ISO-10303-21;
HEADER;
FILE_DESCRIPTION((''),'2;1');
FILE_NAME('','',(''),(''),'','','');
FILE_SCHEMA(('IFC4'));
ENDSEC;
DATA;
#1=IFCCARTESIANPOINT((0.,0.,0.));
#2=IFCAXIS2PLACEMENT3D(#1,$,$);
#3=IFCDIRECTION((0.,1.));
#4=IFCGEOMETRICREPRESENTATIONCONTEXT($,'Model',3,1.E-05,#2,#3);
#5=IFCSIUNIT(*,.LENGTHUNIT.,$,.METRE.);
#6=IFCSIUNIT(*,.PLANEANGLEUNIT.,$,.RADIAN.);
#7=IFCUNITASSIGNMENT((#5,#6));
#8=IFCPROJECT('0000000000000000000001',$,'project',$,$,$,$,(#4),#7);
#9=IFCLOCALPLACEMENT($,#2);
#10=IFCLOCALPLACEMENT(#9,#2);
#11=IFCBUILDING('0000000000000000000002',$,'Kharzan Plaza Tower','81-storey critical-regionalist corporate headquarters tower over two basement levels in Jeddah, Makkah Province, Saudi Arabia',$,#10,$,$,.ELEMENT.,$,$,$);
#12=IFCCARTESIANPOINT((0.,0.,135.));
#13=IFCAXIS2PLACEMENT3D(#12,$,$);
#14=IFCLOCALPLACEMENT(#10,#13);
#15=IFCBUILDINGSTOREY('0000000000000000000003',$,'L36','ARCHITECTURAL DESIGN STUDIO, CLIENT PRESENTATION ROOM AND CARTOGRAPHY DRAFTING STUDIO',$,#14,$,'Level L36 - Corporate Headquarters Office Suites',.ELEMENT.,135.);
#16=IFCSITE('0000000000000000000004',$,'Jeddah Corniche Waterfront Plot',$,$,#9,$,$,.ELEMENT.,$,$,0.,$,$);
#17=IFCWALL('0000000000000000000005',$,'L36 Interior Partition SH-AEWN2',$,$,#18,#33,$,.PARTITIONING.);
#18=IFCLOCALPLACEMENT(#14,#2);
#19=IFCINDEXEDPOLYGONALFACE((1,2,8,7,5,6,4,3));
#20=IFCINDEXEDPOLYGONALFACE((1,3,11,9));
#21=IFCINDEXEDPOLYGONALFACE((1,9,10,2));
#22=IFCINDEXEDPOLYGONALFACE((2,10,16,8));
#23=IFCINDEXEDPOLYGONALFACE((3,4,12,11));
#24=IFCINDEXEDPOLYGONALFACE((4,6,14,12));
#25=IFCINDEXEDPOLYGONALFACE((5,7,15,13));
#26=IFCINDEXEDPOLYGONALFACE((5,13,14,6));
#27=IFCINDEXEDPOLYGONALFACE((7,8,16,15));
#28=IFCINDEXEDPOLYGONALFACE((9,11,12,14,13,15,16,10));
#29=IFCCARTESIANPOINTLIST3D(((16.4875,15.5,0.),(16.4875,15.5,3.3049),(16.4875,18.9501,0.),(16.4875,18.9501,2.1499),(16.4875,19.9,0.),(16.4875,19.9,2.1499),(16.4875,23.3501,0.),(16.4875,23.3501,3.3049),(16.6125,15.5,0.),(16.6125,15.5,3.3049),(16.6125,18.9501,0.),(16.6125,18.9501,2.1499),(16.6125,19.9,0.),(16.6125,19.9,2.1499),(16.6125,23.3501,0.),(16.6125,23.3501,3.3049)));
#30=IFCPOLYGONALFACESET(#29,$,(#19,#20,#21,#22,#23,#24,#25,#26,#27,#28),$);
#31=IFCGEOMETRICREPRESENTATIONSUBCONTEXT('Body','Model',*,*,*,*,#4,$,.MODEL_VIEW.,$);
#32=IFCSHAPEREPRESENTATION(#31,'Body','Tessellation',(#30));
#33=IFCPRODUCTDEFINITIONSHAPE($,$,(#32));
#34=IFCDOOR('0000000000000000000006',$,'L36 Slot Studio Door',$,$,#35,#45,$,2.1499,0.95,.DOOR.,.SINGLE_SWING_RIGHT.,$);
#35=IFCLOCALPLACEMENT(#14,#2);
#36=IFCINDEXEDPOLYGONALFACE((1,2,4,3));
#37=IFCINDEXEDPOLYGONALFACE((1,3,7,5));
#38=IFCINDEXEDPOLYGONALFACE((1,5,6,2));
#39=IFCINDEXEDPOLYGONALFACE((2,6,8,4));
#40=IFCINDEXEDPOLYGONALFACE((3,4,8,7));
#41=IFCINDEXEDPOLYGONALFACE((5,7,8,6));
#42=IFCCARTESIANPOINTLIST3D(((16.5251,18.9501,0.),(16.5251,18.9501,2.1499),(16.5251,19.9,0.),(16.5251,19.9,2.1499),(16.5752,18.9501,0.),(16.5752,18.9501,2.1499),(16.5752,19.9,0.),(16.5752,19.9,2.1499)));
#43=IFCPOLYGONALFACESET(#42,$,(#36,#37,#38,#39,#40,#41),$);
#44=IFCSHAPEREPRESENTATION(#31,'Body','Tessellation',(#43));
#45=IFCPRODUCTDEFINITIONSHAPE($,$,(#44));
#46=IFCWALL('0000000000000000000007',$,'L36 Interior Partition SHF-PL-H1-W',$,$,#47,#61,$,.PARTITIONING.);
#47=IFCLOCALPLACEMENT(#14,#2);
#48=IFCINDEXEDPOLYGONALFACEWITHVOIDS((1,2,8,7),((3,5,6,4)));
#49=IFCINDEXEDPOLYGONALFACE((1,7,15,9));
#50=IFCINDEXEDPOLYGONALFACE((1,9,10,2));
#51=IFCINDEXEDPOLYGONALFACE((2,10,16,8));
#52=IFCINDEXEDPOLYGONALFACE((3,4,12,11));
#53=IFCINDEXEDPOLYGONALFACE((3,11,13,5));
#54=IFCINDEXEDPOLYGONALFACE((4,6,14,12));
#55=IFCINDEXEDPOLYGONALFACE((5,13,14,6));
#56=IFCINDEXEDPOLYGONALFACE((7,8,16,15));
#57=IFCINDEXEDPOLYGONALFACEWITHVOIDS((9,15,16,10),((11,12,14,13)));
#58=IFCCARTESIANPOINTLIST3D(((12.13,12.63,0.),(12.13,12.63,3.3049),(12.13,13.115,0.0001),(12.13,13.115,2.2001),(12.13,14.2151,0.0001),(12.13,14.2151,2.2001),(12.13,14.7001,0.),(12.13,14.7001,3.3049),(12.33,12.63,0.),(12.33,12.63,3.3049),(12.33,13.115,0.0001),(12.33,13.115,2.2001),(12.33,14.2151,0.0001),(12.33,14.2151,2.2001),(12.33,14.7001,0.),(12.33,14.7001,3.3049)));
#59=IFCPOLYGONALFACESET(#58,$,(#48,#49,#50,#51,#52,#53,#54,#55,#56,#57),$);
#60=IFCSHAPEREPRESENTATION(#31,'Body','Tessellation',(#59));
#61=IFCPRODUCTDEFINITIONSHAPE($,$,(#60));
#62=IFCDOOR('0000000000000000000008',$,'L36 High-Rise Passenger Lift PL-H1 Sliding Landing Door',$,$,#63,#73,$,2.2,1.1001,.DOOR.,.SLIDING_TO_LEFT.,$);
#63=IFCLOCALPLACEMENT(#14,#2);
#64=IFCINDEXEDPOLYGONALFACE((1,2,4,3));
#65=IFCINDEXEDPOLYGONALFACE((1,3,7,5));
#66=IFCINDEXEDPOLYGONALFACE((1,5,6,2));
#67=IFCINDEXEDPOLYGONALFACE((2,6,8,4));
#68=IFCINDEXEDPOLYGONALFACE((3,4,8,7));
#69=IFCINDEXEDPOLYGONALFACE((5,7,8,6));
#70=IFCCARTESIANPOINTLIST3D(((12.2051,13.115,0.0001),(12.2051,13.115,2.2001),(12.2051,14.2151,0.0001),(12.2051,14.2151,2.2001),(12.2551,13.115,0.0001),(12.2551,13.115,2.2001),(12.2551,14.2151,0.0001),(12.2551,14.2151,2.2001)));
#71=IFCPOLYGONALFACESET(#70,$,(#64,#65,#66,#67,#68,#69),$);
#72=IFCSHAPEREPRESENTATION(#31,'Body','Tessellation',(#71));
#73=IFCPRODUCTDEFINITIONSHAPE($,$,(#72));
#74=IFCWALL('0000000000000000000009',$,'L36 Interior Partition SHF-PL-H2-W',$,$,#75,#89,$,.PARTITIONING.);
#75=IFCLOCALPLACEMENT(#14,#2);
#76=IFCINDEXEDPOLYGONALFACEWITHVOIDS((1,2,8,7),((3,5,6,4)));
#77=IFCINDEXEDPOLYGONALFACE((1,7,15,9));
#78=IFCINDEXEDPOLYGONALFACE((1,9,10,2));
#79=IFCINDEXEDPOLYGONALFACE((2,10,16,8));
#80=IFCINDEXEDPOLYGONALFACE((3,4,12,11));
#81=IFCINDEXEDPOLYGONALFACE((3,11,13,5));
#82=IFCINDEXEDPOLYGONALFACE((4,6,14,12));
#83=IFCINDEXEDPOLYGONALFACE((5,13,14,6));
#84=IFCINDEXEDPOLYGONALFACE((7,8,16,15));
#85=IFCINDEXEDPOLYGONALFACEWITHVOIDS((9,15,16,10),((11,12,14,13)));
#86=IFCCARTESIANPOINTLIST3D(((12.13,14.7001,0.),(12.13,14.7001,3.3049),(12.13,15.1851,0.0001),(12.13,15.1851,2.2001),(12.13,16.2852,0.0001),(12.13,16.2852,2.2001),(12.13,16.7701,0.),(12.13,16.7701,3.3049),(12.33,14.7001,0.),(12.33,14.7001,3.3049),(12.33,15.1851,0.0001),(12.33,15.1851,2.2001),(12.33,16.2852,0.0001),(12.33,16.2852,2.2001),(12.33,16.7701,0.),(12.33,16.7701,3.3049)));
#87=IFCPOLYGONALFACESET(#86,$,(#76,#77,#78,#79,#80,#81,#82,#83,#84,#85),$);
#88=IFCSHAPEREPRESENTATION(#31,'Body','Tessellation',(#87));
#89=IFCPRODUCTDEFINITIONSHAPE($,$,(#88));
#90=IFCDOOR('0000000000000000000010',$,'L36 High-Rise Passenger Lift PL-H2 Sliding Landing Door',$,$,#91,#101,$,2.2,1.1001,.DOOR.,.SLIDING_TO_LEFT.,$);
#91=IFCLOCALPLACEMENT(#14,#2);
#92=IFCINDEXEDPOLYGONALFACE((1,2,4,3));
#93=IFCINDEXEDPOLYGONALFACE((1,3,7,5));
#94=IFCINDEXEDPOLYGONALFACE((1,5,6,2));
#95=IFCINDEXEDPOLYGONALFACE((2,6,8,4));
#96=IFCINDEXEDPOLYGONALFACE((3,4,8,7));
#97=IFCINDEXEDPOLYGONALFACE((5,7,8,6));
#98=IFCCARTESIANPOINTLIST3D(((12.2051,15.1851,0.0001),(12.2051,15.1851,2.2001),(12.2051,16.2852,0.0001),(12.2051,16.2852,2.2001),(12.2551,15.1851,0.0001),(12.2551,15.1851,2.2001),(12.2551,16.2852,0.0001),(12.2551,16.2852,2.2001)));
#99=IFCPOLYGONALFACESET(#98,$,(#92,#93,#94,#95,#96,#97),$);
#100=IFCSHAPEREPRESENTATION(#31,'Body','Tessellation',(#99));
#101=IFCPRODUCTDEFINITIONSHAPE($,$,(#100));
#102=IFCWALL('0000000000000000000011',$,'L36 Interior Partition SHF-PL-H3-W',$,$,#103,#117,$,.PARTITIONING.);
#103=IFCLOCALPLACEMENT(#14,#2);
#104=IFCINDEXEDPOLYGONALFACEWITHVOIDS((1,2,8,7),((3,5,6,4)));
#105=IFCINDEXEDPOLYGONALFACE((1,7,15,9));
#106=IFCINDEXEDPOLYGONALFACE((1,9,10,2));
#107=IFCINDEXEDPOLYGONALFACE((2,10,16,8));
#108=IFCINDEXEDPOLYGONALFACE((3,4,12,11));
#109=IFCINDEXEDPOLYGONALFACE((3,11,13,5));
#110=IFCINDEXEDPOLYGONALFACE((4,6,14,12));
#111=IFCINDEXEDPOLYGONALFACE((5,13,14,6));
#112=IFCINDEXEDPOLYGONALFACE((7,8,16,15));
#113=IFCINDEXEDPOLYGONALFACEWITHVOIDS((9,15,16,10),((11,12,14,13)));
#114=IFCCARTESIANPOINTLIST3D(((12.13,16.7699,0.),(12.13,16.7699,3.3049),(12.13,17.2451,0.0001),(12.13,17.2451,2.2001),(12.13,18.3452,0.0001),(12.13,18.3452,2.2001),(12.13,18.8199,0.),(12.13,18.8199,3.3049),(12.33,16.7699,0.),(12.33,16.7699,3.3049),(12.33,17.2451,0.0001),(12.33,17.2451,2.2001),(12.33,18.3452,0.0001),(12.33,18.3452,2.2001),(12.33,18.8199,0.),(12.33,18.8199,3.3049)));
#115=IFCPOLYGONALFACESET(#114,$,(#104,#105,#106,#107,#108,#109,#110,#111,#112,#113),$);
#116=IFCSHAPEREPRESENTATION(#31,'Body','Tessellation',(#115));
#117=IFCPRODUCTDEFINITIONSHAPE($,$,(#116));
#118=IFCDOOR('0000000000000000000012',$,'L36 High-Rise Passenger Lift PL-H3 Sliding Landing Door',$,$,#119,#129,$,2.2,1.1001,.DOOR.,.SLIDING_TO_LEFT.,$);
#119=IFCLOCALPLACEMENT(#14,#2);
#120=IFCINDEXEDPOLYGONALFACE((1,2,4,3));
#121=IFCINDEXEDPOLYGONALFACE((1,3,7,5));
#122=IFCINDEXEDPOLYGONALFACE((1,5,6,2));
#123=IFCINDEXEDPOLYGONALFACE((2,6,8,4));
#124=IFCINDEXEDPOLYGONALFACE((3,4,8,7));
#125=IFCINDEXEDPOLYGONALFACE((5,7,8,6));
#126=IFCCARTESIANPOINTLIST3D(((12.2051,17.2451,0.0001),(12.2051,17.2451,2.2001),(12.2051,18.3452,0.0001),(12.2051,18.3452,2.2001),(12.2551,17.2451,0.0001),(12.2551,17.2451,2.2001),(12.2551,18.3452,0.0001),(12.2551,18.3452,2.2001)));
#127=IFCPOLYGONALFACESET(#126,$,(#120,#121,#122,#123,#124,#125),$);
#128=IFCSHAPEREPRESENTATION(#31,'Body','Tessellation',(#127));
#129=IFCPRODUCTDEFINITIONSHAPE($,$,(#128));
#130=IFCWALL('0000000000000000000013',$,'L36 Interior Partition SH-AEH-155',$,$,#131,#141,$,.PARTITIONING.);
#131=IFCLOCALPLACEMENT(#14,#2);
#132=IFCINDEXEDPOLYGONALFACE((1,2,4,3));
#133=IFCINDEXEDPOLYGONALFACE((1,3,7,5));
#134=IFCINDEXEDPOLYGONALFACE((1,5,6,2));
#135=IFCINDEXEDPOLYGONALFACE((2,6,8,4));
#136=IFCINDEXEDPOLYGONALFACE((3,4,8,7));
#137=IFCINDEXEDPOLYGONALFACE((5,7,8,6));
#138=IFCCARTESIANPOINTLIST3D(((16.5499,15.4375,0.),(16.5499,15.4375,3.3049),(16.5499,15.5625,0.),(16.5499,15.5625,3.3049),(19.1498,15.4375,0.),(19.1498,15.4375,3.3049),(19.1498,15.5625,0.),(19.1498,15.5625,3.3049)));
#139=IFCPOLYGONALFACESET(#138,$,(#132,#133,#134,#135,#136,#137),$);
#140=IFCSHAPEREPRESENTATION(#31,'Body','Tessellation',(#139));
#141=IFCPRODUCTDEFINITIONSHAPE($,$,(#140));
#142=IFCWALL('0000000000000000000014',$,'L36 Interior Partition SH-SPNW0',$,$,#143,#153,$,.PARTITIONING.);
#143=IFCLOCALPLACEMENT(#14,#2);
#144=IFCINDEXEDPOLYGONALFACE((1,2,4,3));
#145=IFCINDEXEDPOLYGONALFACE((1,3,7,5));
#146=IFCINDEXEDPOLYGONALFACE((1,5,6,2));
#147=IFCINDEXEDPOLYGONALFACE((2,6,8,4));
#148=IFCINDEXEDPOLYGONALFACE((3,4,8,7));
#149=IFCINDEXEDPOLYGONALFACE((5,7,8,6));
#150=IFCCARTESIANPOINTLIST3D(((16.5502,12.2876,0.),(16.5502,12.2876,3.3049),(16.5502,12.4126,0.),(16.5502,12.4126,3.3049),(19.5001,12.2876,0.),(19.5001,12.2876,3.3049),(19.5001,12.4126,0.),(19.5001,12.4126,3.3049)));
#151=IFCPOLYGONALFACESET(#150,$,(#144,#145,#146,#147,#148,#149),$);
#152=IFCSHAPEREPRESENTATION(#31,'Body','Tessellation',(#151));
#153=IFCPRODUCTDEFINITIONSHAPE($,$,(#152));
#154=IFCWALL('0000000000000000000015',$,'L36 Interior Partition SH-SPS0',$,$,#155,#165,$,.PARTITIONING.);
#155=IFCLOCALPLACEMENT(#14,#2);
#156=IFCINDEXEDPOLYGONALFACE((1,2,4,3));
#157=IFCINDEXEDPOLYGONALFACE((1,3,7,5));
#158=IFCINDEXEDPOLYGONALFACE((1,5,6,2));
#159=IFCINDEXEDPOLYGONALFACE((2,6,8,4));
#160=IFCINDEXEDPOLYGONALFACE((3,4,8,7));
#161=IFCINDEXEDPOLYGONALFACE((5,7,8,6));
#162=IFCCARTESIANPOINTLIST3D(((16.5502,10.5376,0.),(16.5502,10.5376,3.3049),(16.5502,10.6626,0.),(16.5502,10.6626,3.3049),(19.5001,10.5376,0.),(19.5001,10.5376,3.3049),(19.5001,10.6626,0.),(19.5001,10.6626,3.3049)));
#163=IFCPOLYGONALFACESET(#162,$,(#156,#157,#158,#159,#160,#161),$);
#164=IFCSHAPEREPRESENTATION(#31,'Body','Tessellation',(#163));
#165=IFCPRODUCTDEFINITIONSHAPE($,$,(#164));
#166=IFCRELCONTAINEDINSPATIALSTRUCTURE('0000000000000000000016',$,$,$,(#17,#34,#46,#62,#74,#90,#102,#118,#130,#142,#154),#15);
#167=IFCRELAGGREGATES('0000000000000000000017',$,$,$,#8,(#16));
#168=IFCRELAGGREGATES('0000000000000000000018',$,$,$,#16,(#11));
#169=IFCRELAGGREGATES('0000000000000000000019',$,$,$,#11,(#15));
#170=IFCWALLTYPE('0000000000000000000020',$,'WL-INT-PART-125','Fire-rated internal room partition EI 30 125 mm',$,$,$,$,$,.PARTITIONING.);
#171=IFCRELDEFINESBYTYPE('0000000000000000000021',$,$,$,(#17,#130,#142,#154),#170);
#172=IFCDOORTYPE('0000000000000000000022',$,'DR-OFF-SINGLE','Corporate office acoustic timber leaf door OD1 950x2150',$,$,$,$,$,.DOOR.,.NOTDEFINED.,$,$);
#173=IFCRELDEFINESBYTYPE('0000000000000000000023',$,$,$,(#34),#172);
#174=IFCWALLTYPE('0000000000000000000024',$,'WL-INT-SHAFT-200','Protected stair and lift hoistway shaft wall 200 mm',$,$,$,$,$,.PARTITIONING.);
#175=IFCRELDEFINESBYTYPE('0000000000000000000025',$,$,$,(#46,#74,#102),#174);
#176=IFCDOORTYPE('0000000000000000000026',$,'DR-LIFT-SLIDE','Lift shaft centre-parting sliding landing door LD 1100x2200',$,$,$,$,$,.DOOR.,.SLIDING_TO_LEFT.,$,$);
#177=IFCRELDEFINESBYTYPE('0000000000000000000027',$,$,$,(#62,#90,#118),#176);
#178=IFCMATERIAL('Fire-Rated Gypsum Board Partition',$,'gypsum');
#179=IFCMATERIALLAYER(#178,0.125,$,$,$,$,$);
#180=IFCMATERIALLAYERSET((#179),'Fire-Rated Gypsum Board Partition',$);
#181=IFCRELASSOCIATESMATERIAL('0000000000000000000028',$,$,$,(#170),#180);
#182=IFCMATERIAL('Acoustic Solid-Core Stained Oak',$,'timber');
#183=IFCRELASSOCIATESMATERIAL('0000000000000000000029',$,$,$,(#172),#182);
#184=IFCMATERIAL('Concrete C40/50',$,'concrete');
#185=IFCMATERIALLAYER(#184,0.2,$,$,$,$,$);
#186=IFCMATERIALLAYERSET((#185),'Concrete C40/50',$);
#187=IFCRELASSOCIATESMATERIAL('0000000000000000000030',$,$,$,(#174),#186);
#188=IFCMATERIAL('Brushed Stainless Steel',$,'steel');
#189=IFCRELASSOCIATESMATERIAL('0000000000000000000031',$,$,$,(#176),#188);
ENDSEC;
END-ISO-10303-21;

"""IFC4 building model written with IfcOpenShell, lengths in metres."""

from ifc_helpers import new_model, si_unit, direction, frame, frame_2d, origin, place, context, subcontext, project, spatial, rectangle, extrude, source, transform, mapped, material, layer, layer_set, type_object, element, fill, save


model = new_model("IFC4")

# Units and contexts
model_context = context("Model", 3, precision=1e-05, world=origin(), true_north=direction((0.0, 1.0)))
body_context = subcontext(model_context, "Body", "Model", "MODEL_VIEW")
ifc_project = project(units=[si_unit("LENGTHUNIT", "METRE"), si_unit("PLANEANGLEUNIT", "RADIAN")], contexts=[model_context])

# Site, building, storey
site_placement = place(None, origin())
site = spatial("IfcSite", under=ifc_project, at=site_placement, Name="Jeddah Corniche Waterfront Plot", CompositionType="ELEMENT", RefElevation=0.0)
building_placement = place(site_placement, origin())
building = spatial("IfcBuilding", under=site, at=building_placement, Name="Kharzan Plaza Tower", Description="81-storey critical-regionalist corporate headquarters tower over two basement levels in Jeddah, Makkah Province, Saudi Arabia", CompositionType="ELEMENT")
storey_placement = place(building_placement, frame((0.0, 0.0, 135.0)))
storey = spatial("IfcBuildingStorey", under=building, at=storey_placement, Name="L36", Description="ARCHITECTURAL DESIGN STUDIO, CLIENT PRESENTATION ROOM AND CARTOGRAPHY DRAFTING STUDIO", LongName="Level L36 - Corporate Headquarters Office Suites", CompositionType="ELEMENT", Elevation=135.0)

# Walls, openings, doors
ifc_material_1 = material(Name="Fire-Rated Gypsum Board Partition", Category="gypsum")
ifc_layer_1 = layer(ifc_material_1, 0.125)
ifc_layer_set_1 = layer_set([ifc_layer_1], Name="Fire-Rated Gypsum Board Partition")
wall_type_1 = type_object("IfcWallType", Name="WL-INT-PART-125", Description="Fire-rated internal room partition EI 30 125 mm", PredefinedType="PARTITIONING", material=ifc_layer_set_1)
ifc_material_2 = material(Name="Acoustic Solid-Core Stained Oak", Category="timber")
door_type_1 = type_object("IfcDoorType", Name="DR-OFF-SINGLE", Description="Corporate office acoustic timber leaf door OD1 950x2150", OperationType="NOTDEFINED", PredefinedType="DOOR", material=ifc_material_2)
shared_shape_1 = source(origin(), body_context, "Body", "SweptSolid", [
    extrude(rectangle(XDim=0.95, YDim=2.1499, at=frame_2d((0.4751, 1.075))), frame((0.0, 0.0249, 0.0), z_axis=(0.0, -1.0, 0.0), x_axis=(1.0, 0.0, 0.0)), (0.0, 0.0, 1.0), 0.05),
])
wall_1_placement = place(storey_placement, frame((16.55, 15.5, 0.0), z_axis=(0.0, 0.0, 1.0), x_axis=(0.0, 1.0, 0.0)))
wall_1 = element("IfcWall", 1, at=wall_1_placement, inside=storey, type_object=wall_type_1, Name="L36 Interior Partition SH-AEWN2", PredefinedType="PARTITIONING", context=body_context, shape_type="SweptSolid", body=[
    extrude(rectangle(XDim=7.8501, YDim=0.125, at=frame_2d((3.925, 0.0))), origin(), (0.0, 0.0, 1.0), 3.3049),
])
opening_1_placement = place(wall_1_placement, frame((3.45, 0.0, 0.0)))
opening_1 = element("IfcOpeningElement", 2, at=opening_1_placement, cuts=wall_1, PredefinedType="OPENING", context=body_context, shape_type="SweptSolid", body=[
    extrude(rectangle(XDim=0.95, YDim=2.1499, at=frame_2d((0.4751, 1.075))), frame((0.0, 0.0725, 0.0), z_axis=(0.0, -1.0, 0.0), x_axis=(1.0, 0.0, 0.0)), (0.0, 0.0, 1.0), 0.145),
])
door_1_placement = place(opening_1_placement, origin())
door_1 = element("IfcDoor", 3, at=door_1_placement, inside=storey, type_object=door_type_1, Name="L36 Slot Studio Door", OperationType="SINGLE_SWING_RIGHT", OverallHeight=2.1499, OverallWidth=0.95, PredefinedType="DOOR", context=body_context, shape_type="MappedRepresentation", body=[
    mapped(shared_shape_1, transform((0.0, 0.0, 0.0), x_axis=(1.0, 0.0, 0.0), y_axis=(0.0, 1.0, 0.0), z_axis=(0.0, 0.0, 1.0))),
])
fill(opening_1, door_1)
ifc_material_3 = material(Name="Concrete C40/50", Category="concrete")
ifc_layer_2 = layer(ifc_material_3, 0.2)
ifc_layer_set_2 = layer_set([ifc_layer_2], Name="Concrete C40/50")
wall_type_2 = type_object("IfcWallType", Name="WL-INT-SHAFT-200", Description="Protected stair and lift hoistway shaft wall 200 mm", PredefinedType="PARTITIONING", material=ifc_layer_set_2)
wall_2_placement = place(storey_placement, frame((12.23, 12.6299, 0.0), z_axis=(0.0, 0.0, 1.0), x_axis=(0.0, 1.0, 0.0)))
wall_2 = element("IfcWall", 4, at=wall_2_placement, inside=storey, type_object=wall_type_2, Name="L36 Interior Partition SHF-PL-H1-W", PredefinedType="PARTITIONING", context=body_context, shape_type="SweptSolid", body=[
    extrude(rectangle(XDim=2.0701, YDim=0.2, at=frame_2d((1.0352, 0.0))), origin(), (0.0, 0.0, 1.0), 3.3049),
])
opening_2_placement = place(wall_2_placement, frame((0.4851, 0.0, 0.0)))
opening_2 = element("IfcOpeningElement", 5, at=opening_2_placement, cuts=wall_2, PredefinedType="OPENING", context=body_context, shape_type="SweptSolid", body=[
    extrude(rectangle(XDim=1.1001, YDim=2.2, at=frame_2d((0.55, 1.1001))), frame((0.0, 0.1099, 0.0), z_axis=(0.0, -1.0, 0.0), x_axis=(1.0, 0.0, 0.0)), (0.0, 0.0, 1.0), 0.22),
])
ifc_material_4 = material(Name="Brushed Stainless Steel", Category="steel")
door_type_2 = type_object("IfcDoorType", Name="DR-LIFT-SLIDE", Description="Lift shaft centre-parting sliding landing door LD 1100x2200", OperationType="SLIDING_TO_LEFT", PredefinedType="DOOR", material=ifc_material_4)
shared_shape_2 = source(origin(), body_context, "Body", "SweptSolid", [
    extrude(rectangle(XDim=1.1001, YDim=2.2, at=frame_2d((0.55, 1.1001))), frame((0.0, 0.0249, 0.0), z_axis=(0.0, -1.0, 0.0), x_axis=(1.0, 0.0, 0.0)), (0.0, 0.0, 1.0), 0.05),
])
door_2_placement = place(opening_2_placement, origin())
door_2 = element("IfcDoor", 6, at=door_2_placement, inside=storey, type_object=door_type_2, Name="L36 High-Rise Passenger Lift PL-H1 Sliding Landing Door", OperationType="SLIDING_TO_LEFT", OverallHeight=2.2, OverallWidth=1.1001, PredefinedType="DOOR", context=body_context, shape_type="MappedRepresentation", body=[
    mapped(shared_shape_2, transform((0.0, 0.0, 0.0), x_axis=(1.0, 0.0, 0.0), y_axis=(0.0, 1.0, 0.0), z_axis=(0.0, 0.0, 1.0))),
])
fill(opening_2, door_2)
wall_3_placement = place(storey_placement, frame((12.23, 14.7, 0.0), z_axis=(0.0, 0.0, 1.0), x_axis=(0.0, 1.0, 0.0)))
wall_3 = element("IfcWall", 7, at=wall_3_placement, inside=storey, type_object=wall_type_2, Name="L36 Interior Partition SHF-PL-H2-W", PredefinedType="PARTITIONING", context=body_context, shape_type="SweptSolid", body=[
    extrude(rectangle(XDim=2.0701, YDim=0.2, at=frame_2d((1.0352, 0.0))), origin(), (0.0, 0.0, 1.0), 3.3049),
])
opening_3_placement = place(wall_3_placement, frame((0.4851, 0.0, 0.0)))
opening_3 = element("IfcOpeningElement", 8, at=opening_3_placement, cuts=wall_3, PredefinedType="OPENING", context=body_context, shape_type="SweptSolid", body=[
    extrude(rectangle(XDim=1.1001, YDim=2.2, at=frame_2d((0.55, 1.1001))), frame((0.0, 0.1099, 0.0), z_axis=(0.0, -1.0, 0.0), x_axis=(1.0, 0.0, 0.0)), (0.0, 0.0, 1.0), 0.22),
])
door_3_placement = place(opening_3_placement, origin())
door_3 = element("IfcDoor", 9, at=door_3_placement, inside=storey, type_object=door_type_2, Name="L36 High-Rise Passenger Lift PL-H2 Sliding Landing Door", OperationType="SLIDING_TO_LEFT", OverallHeight=2.2, OverallWidth=1.1001, PredefinedType="DOOR", context=body_context, shape_type="MappedRepresentation", body=[
    mapped(shared_shape_2, transform((0.0, 0.0, 0.0), x_axis=(1.0, 0.0, 0.0), y_axis=(0.0, 1.0, 0.0), z_axis=(0.0, 0.0, 1.0))),
])
fill(opening_3, door_3)
wall_4_placement = place(storey_placement, frame((12.23, 16.77, 0.0), z_axis=(0.0, 0.0, 1.0), x_axis=(0.0, 1.0, 0.0)))
wall_4 = element("IfcWall", 10, at=wall_4_placement, inside=storey, type_object=wall_type_2, Name="L36 Interior Partition SHF-PL-H3-W", PredefinedType="PARTITIONING", context=body_context, shape_type="SweptSolid", body=[
    extrude(rectangle(XDim=2.05, YDim=0.2, at=frame_2d((1.0249, 0.0))), origin(), (0.0, 0.0, 1.0), 3.3049),
])
opening_4_placement = place(wall_4_placement, frame((0.4751, 0.0, 0.0)))
opening_4 = element("IfcOpeningElement", 11, at=opening_4_placement, cuts=wall_4, PredefinedType="OPENING", context=body_context, shape_type="SweptSolid", body=[
    extrude(rectangle(XDim=1.1001, YDim=2.2, at=frame_2d((0.55, 1.1001))), frame((0.0, 0.1099, 0.0), z_axis=(0.0, -1.0, 0.0), x_axis=(1.0, 0.0, 0.0)), (0.0, 0.0, 1.0), 0.22),
])
door_4_placement = place(opening_4_placement, origin())
door_4 = element("IfcDoor", 12, at=door_4_placement, inside=storey, type_object=door_type_2, Name="L36 High-Rise Passenger Lift PL-H3 Sliding Landing Door", OperationType="SLIDING_TO_LEFT", OverallHeight=2.2, OverallWidth=1.1001, PredefinedType="DOOR", context=body_context, shape_type="MappedRepresentation", body=[
    mapped(shared_shape_2, transform((0.0, 0.0, 0.0), x_axis=(1.0, 0.0, 0.0), y_axis=(0.0, 1.0, 0.0), z_axis=(0.0, 0.0, 1.0))),
])
fill(opening_4, door_4)

# Walls
shared_shape_3 = source(origin(), body_context, "Body", "SweptSolid", [
    extrude(rectangle(XDim=2.5999, YDim=0.125, at=frame_2d((1.2998, 0.0))), origin(), (0.0, 0.0, 1.0), 3.3049),
])
wall_5_placement = place(storey_placement, frame((16.55, 15.5, 0.0), z_axis=(0.0, 0.0, 1.0), x_axis=(1.0, 0.0, 0.0)))
element("IfcWall", 13, at=wall_5_placement, inside=storey, type_object=wall_type_1, Name="L36 Interior Partition SH-AEH-155", PredefinedType="PARTITIONING", context=body_context, shape_type="MappedRepresentation", body=[
    mapped(shared_shape_3, transform((0.0, 0.0, 0.0), x_axis=(1.0, 0.0, 0.0), y_axis=(0.0, 1.0, 0.0), z_axis=(0.0, 0.0, 1.0))),
])
shared_shape_4 = source(origin(), body_context, "Body", "SweptSolid", [
    extrude(rectangle(XDim=2.95, YDim=0.125, at=frame_2d((1.4751, 0.0))), origin(), (0.0, 0.0, 1.0), 3.3049),
])
for number, where, z_axis, x_axis, name in (
    (14, (16.55, 12.3501, 0.0), (0.0, 0.0, 1.0), (1.0, 0.0, 0.0), "L36 Interior Partition SH-SPNW0"),
    (15, (16.55, 10.6001, 0.0), (0.0, 0.0, 1.0), (1.0, 0.0, 0.0), "L36 Interior Partition SH-SPS0"),
):
    element("IfcWall", number, at=place(storey_placement, frame(where, z_axis=z_axis, x_axis=x_axis)), inside=storey, type_object=wall_type_1, Name=name, PredefinedType="PARTITIONING", context=body_context, shape_type="MappedRepresentation", body=[
        mapped(shared_shape_4, transform((0.0, 0.0, 0.0), x_axis=(1.0, 0.0, 0.0), y_axis=(0.0, 1.0, 0.0), z_axis=(0.0, 0.0, 1.0))),
    ])

save(model, "model.ifc")
